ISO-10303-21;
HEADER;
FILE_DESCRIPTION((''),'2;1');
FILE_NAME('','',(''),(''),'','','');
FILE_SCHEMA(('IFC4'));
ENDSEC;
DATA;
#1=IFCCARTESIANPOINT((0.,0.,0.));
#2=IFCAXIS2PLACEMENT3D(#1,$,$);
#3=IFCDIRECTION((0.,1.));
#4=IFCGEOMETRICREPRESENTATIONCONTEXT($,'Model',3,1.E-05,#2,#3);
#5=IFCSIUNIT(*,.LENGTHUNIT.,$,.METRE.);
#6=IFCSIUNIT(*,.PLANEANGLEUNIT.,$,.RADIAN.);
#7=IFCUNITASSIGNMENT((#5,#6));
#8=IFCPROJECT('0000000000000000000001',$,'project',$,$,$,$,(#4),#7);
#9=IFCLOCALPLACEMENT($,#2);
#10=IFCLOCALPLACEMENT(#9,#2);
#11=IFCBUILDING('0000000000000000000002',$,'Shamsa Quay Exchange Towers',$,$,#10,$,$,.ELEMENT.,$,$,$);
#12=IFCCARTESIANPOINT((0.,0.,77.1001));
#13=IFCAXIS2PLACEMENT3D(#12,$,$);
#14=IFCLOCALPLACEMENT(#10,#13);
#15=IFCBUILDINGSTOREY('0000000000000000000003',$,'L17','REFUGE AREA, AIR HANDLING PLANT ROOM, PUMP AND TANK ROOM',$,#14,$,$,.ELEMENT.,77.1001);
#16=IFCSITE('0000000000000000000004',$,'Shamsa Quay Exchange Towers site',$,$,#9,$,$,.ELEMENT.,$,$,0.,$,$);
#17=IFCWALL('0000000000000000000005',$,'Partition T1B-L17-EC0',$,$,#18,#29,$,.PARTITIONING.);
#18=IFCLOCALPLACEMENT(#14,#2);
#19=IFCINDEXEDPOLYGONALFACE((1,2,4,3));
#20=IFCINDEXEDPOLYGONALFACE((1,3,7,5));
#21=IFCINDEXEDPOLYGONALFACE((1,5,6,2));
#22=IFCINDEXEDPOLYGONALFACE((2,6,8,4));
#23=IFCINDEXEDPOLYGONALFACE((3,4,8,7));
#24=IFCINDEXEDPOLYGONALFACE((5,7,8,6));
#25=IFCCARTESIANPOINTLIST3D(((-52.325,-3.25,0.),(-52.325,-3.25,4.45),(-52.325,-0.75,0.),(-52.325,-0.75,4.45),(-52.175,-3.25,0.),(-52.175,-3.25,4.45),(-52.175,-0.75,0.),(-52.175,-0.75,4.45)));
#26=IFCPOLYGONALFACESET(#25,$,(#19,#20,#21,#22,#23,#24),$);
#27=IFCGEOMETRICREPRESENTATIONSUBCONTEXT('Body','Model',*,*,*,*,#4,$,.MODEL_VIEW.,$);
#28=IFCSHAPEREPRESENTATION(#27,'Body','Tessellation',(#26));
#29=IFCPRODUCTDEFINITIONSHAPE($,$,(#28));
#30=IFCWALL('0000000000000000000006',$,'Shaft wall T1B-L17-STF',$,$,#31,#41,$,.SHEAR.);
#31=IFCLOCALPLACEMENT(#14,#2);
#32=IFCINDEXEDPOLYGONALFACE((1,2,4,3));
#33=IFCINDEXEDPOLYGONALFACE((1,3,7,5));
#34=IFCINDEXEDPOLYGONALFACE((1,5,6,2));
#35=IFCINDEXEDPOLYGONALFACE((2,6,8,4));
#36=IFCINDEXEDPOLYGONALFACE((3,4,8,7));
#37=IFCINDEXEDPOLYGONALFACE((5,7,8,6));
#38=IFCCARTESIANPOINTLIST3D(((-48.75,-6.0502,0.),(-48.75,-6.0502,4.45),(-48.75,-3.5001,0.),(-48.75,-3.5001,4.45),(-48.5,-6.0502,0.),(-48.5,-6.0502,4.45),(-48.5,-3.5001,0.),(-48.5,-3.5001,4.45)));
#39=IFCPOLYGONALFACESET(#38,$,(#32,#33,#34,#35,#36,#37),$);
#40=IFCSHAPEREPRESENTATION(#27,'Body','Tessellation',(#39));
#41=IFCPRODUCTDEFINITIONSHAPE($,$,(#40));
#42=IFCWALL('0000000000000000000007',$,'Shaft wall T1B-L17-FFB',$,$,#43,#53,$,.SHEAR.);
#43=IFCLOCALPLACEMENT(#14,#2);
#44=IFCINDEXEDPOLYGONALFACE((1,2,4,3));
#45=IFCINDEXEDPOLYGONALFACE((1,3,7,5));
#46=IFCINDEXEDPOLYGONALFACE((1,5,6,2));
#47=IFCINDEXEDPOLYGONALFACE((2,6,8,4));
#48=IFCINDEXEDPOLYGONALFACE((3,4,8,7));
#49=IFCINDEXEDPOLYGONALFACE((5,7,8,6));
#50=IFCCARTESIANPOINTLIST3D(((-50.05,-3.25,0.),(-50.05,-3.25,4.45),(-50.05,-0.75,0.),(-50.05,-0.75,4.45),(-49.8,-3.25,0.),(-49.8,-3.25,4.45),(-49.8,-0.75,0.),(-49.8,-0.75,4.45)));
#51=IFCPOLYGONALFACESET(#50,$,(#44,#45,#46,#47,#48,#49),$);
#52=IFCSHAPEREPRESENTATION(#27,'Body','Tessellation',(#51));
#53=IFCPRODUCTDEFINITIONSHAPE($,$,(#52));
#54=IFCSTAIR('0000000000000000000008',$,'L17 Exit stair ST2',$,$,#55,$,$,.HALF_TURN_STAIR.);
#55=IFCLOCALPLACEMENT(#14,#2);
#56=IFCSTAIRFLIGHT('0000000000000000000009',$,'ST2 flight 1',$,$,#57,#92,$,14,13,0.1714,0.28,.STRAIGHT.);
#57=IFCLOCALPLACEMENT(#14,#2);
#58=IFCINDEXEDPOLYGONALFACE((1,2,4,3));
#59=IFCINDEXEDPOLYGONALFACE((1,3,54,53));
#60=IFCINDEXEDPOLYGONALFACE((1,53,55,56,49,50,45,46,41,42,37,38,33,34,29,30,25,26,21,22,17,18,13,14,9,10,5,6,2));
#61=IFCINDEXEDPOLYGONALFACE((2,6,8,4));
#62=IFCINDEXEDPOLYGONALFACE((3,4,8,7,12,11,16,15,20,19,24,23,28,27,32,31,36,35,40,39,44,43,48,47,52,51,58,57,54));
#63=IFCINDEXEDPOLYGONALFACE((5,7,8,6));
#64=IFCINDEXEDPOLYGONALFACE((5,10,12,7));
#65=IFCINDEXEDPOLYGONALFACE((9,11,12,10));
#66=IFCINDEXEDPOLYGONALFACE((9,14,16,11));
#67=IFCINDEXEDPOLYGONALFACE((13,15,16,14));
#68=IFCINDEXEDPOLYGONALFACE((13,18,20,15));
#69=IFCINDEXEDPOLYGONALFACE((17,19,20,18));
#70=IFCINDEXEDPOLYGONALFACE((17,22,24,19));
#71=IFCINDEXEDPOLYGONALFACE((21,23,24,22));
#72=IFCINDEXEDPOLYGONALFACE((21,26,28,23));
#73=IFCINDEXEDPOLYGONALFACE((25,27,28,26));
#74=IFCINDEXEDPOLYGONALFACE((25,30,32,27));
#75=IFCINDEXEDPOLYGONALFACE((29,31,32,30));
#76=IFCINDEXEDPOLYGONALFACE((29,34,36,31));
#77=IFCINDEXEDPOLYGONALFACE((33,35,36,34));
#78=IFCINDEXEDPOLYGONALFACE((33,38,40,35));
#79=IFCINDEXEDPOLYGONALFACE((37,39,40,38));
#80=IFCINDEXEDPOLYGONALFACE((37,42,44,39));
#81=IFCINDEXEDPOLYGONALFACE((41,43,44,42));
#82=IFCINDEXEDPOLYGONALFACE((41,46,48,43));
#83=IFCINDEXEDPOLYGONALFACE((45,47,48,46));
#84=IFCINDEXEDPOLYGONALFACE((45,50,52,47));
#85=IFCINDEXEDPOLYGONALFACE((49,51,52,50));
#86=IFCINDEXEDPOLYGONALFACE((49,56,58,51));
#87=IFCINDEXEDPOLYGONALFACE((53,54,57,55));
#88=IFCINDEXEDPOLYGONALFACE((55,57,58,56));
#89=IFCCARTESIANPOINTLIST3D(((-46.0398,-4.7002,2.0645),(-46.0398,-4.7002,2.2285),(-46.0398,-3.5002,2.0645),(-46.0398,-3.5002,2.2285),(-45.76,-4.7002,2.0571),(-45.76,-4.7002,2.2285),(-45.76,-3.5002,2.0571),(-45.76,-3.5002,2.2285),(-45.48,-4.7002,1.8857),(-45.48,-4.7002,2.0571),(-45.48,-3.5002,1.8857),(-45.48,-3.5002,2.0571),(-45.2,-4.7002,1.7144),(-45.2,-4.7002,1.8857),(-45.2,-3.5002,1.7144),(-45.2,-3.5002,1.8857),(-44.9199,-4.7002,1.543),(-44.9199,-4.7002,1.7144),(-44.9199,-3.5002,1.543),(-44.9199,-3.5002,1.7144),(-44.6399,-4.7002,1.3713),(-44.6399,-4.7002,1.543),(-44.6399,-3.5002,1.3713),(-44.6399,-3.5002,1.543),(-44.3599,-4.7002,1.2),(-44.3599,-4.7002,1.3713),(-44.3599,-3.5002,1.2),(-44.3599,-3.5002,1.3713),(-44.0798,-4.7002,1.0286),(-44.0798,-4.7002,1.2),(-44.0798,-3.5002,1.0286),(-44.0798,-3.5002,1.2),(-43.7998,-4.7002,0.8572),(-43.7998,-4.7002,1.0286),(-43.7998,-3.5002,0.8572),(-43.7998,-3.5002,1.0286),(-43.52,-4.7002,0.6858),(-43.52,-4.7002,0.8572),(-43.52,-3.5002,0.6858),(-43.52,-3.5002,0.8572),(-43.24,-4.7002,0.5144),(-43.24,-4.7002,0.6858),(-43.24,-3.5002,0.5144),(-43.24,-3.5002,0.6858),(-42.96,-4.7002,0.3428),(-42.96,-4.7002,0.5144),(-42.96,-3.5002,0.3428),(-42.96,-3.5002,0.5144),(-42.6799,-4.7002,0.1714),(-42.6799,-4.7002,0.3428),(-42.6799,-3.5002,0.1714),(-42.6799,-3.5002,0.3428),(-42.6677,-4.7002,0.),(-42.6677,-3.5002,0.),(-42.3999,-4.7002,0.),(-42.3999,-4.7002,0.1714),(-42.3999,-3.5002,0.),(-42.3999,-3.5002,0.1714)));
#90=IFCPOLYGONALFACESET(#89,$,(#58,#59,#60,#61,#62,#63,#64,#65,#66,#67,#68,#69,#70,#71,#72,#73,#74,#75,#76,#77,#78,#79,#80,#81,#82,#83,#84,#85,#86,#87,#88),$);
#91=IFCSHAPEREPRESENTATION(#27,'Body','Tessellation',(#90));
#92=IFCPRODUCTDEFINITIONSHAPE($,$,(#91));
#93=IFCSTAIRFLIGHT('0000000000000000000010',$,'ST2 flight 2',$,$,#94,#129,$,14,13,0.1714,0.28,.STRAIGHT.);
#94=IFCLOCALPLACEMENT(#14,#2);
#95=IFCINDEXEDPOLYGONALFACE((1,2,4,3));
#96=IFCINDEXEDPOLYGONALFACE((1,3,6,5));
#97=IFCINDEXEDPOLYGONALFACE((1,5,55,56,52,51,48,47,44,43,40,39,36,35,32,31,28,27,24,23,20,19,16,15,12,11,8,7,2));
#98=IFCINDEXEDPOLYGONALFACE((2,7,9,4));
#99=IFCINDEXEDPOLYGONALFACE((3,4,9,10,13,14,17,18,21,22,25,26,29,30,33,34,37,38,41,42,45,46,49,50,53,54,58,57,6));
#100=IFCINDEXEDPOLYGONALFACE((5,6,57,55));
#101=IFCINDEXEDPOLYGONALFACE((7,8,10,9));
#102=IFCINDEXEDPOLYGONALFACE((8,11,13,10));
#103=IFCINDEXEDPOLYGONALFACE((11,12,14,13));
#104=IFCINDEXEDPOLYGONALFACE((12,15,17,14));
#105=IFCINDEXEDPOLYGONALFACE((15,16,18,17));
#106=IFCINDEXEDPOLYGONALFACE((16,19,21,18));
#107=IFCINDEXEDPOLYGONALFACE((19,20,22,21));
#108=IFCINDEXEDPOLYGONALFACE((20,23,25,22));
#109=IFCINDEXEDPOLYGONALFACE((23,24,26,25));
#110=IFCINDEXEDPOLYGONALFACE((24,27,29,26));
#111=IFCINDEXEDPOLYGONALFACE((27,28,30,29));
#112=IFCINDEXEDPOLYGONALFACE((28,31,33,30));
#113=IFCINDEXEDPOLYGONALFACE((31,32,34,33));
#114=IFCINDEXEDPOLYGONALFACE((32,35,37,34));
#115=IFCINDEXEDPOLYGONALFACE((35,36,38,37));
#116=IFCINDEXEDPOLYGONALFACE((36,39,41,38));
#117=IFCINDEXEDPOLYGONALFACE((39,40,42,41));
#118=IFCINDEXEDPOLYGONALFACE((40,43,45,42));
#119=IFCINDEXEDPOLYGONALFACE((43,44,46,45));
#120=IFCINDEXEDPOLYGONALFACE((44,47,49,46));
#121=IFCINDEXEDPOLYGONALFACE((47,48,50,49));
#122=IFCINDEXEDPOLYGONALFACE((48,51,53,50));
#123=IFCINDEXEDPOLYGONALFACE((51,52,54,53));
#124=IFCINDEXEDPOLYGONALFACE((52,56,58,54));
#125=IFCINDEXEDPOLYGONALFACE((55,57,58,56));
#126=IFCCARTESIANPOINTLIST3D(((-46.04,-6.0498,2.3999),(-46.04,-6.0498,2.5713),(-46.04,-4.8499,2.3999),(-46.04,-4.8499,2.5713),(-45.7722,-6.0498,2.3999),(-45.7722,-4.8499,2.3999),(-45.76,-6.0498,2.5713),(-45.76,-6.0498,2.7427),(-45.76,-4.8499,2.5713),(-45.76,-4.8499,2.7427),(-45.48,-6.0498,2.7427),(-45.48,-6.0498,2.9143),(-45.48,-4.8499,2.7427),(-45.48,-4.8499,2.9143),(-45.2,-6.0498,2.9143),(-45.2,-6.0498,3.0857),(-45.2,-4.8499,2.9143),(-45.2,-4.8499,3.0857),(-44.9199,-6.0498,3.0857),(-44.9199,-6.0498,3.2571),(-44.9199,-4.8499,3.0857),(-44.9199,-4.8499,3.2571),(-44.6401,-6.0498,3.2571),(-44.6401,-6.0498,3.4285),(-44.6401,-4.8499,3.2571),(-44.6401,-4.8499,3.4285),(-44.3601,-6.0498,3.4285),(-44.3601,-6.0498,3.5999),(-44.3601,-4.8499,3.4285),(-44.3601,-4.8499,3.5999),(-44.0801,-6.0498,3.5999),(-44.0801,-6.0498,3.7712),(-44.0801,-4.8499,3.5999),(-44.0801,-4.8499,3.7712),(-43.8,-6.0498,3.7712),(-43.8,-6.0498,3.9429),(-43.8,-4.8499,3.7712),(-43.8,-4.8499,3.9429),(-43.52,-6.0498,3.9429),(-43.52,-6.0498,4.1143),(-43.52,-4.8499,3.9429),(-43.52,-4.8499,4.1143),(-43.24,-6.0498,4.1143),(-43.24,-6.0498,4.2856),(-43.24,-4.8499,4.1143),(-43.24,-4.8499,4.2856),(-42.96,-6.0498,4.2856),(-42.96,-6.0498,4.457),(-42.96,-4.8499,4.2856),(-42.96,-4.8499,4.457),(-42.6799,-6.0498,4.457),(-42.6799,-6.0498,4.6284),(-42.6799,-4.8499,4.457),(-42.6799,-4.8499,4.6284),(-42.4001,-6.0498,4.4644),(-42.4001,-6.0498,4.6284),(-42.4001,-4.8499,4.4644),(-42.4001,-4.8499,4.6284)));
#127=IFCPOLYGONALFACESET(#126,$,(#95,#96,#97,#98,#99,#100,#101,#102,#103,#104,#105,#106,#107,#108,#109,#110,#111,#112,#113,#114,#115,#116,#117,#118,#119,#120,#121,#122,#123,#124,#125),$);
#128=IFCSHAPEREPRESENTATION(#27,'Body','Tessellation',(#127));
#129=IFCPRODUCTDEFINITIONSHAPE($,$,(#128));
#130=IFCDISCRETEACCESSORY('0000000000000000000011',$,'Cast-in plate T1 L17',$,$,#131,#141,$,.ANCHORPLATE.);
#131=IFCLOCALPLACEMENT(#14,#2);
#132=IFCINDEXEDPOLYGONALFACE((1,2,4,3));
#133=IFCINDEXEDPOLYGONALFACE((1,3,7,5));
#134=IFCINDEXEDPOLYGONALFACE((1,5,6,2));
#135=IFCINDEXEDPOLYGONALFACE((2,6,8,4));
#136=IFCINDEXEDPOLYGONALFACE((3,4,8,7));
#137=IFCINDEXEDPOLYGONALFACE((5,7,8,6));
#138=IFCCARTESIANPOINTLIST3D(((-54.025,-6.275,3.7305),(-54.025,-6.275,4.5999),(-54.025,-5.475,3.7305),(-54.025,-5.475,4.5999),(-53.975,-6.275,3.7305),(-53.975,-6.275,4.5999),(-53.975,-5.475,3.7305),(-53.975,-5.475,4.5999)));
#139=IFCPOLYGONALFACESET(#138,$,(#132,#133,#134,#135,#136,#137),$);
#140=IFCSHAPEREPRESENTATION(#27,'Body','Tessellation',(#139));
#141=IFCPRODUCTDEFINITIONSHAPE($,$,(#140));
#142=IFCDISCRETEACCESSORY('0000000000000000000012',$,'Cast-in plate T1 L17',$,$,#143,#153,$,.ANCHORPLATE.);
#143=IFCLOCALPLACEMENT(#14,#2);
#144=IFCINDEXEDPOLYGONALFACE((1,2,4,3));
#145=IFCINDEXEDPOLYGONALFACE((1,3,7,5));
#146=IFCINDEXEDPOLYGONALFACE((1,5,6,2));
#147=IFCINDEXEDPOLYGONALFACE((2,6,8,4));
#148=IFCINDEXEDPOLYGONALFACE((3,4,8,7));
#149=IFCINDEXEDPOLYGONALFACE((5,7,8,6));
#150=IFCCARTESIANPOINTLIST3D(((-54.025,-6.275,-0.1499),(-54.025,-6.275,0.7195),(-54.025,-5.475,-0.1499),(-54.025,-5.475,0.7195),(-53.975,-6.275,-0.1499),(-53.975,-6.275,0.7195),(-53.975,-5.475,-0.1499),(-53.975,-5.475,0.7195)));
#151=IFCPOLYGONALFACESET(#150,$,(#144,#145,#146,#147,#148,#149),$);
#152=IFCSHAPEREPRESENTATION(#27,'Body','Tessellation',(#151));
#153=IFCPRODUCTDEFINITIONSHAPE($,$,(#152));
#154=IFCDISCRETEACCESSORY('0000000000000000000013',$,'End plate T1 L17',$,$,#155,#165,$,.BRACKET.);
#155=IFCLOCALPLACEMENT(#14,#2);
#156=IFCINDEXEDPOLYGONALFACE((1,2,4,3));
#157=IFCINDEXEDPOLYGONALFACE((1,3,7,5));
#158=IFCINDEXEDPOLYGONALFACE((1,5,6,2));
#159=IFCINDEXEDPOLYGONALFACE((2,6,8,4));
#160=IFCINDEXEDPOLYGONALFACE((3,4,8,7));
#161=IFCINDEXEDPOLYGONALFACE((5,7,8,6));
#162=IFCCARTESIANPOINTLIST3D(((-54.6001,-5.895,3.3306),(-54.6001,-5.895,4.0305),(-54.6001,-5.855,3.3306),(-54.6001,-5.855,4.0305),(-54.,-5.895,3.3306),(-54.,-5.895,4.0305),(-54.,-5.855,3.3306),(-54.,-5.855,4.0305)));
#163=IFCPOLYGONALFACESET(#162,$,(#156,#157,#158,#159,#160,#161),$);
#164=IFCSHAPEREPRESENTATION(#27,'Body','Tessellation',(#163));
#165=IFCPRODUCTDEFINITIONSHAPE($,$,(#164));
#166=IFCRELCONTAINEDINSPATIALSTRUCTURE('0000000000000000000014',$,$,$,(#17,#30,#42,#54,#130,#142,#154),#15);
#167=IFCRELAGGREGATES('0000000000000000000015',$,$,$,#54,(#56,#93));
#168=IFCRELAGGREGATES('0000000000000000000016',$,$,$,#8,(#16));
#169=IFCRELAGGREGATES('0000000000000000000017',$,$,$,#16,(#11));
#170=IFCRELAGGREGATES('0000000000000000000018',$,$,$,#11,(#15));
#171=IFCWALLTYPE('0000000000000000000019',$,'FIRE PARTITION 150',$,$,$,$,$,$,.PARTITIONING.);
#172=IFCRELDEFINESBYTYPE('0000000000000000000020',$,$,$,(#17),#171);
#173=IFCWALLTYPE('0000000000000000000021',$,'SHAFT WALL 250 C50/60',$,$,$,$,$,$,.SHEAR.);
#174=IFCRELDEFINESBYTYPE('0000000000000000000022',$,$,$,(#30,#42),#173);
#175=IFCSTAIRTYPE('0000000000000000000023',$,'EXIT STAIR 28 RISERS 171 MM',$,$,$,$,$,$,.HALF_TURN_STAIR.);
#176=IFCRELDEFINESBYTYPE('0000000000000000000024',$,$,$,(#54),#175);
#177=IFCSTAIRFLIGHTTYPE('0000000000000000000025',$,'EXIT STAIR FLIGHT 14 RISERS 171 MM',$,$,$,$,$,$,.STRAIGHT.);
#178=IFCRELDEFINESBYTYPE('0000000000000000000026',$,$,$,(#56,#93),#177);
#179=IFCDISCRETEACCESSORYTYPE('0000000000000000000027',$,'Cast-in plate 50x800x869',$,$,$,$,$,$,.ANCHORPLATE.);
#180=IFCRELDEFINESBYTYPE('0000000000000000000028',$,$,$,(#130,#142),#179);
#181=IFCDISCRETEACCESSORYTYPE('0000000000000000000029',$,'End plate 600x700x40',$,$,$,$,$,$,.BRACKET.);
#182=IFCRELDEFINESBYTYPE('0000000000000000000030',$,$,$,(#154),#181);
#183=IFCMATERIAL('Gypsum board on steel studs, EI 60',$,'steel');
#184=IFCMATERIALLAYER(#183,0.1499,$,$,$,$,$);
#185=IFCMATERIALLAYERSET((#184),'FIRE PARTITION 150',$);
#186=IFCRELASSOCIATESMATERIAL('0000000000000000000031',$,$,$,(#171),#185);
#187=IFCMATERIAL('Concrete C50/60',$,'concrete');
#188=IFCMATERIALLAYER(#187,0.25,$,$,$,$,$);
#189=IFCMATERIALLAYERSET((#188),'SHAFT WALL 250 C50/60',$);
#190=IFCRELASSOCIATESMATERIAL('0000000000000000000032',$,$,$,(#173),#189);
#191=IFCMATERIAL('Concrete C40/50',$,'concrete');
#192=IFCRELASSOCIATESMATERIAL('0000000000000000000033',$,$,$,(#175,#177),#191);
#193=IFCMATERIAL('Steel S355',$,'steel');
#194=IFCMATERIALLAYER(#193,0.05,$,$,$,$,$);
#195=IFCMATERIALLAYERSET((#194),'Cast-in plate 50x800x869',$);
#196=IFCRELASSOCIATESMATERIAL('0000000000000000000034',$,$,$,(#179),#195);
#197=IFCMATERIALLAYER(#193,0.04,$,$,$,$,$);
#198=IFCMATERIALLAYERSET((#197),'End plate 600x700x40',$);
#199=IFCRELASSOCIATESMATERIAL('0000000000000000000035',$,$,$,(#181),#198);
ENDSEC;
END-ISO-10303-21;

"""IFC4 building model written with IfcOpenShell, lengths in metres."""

from ifc_helpers import new_model, si_unit, direction, frame, frame_2d, origin, origin_2d, place, context, subcontext, project, spatial, polyline, rectangle, outline, extrude, material, layer, layer_set, type_object, element, aggregate, save


model = new_model("IFC4")

# Units and contexts
model_context = context("Model", 3, precision=1e-05, world=origin(), true_north=direction((0.0, 1.0)))
body_context = subcontext(model_context, "Body", "Model", "MODEL_VIEW")
ifc_project = project(units=[si_unit("LENGTHUNIT", "METRE"), si_unit("PLANEANGLEUNIT", "RADIAN")], contexts=[model_context])

# Site, building, storey
site_placement = place(None, origin())
site = spatial("IfcSite", under=ifc_project, at=site_placement, Name="Shamsa Quay Exchange Towers site", CompositionType="ELEMENT", RefElevation=0.0)
building_placement = place(site_placement, origin())
building = spatial("IfcBuilding", under=site, at=building_placement, Name="Shamsa Quay Exchange Towers", CompositionType="ELEMENT")
storey_placement = place(building_placement, frame((0.0, 0.0, 77.1001)))
storey = spatial("IfcBuildingStorey", under=building, at=storey_placement, Name="L17", Description="REFUGE AREA, AIR HANDLING PLANT ROOM, PUMP AND TANK ROOM", CompositionType="ELEMENT", Elevation=77.1001)

# Shared definitions
ifc_material_1 = material(Name="Steel S355", Category="steel")

# Walls
ifc_material_2 = material(Name="Gypsum board on steel studs, EI 60", Category="steel")
ifc_layer_1 = layer(ifc_material_2, 0.1499)
ifc_layer_set_1 = layer_set([ifc_layer_1], Name="FIRE PARTITION 150")
wall_type_1 = type_object("IfcWallType", Name="FIRE PARTITION 150", PredefinedType="PARTITIONING", material=ifc_layer_set_1)
wall_1_placement = place(storey_placement, frame((-52.25, -3.25, 0.0), z_axis=(0.0, 0.0, 1.0), x_axis=(0.0, 1.0, 0.0)))
element("IfcWall", 1, at=wall_1_placement, inside=storey, type_object=wall_type_1, Name="Partition T1B-L17-EC0", PredefinedType="PARTITIONING", context=body_context, shape_type="SweptSolid", body=[
    extrude(rectangle(XDim=2.5, YDim=0.1499, at=frame_2d((1.25, 0.0))), origin(), (0.0, 0.0, 1.0), 4.45),
])
ifc_material_3 = material(Name="Concrete C50/60", Category="concrete")
ifc_layer_2 = layer(ifc_material_3, 0.25)
ifc_layer_set_2 = layer_set([ifc_layer_2], Name="SHAFT WALL 250 C50/60")
wall_type_2 = type_object("IfcWallType", Name="SHAFT WALL 250 C50/60", PredefinedType="SHEAR", material=ifc_layer_set_2)
wall_2_placement = place(storey_placement, frame((-48.625, -6.05, 0.0), z_axis=(0.0, 0.0, 1.0), x_axis=(0.0, 1.0, 0.0)))
element("IfcWall", 2, at=wall_2_placement, inside=storey, type_object=wall_type_2, Name="Shaft wall T1B-L17-STF", PredefinedType="SHEAR", context=body_context, shape_type="SweptSolid", body=[
    extrude(rectangle(XDim=2.55, YDim=0.25, at=frame_2d((1.2749, 0.0))), origin(), (0.0, 0.0, 1.0), 4.45),
])

# Wall
wall_3_placement = place(storey_placement, frame((-49.925, -3.25, 0.0), z_axis=(0.0, 0.0, 1.0), x_axis=(0.0, 1.0, 0.0)))
element("IfcWall", 3, at=wall_3_placement, inside=storey, type_object=wall_type_2, Name="Shaft wall T1B-L17-FFB", PredefinedType="SHEAR", context=body_context, shape_type="SweptSolid", body=[
    extrude(rectangle(XDim=2.5, YDim=0.25, at=frame_2d((1.25, 0.0))), origin(), (0.0, 0.0, 1.0), 4.45),
])

# Stair, stair flights
ifc_material_4 = material(Name="Concrete C40/50", Category="concrete")
stair_type = type_object("IfcStairType", Name="EXIT STAIR 28 RISERS 171 MM", PredefinedType="HALF_TURN_STAIR", material=ifc_material_4)
stair_placement = place(storey_placement, origin())
stair = element("IfcStair", 4, at=stair_placement, inside=storey, type_object=stair_type, Name="L17 Exit stair ST2", PredefinedType="HALF_TURN_STAIR")
stair_flight_type = type_object("IfcStairFlightType", Name="EXIT STAIR FLIGHT 14 RISERS 171 MM", PredefinedType="STRAIGHT", material=ifc_material_4)
stair_flight_1_placement = place(storey_placement, frame((-42.3999, -4.1001, 0.0), z_axis=(0.0, 0.0, 1.0), x_axis=(-1.0, 0.0, 0.0)))
stair_flight_1 = element("IfcStairFlight", 5, at=stair_flight_1_placement, type_object=stair_flight_type, Name="ST2 flight 1", NumberOfRisers=14, NumberOfTreads=13, PredefinedType="STRAIGHT", RiserHeight=0.1714, TreadLength=0.28, context=body_context, shape_type="SweptSolid", body=[
    extrude(outline(polyline([(0.0, 0.0), (0.0, 0.1714), (0.28, 0.1714), (0.28, 0.3428), (0.5601, 0.3428), (0.5601, 0.5144), (0.8401, 0.5144), (0.8401, 0.6858), (1.1201, 0.6858), (1.1201, 0.8572), (1.3999, 0.8572), (1.3999, 1.0286), (1.6799, 1.0286), (1.6799, 1.2), (1.96, 1.2), (1.96, 1.3713), (2.24, 1.3713), (2.24, 1.543), (2.52, 1.543), (2.52, 1.7144), (2.8, 1.7144), (2.8, 1.8857), (3.0801, 1.8857), (3.0801, 2.0571), (3.3601, 2.0571), (3.3601, 2.2285), (3.6399, 2.2285), (3.6399, 2.3999), (3.6399, 2.0645), (0.2678, 0.0), (0.0, 0.0)])), frame((0.0, 0.6001, 0.0), z_axis=(0.0, -1.0, 0.0), x_axis=(1.0, 0.0, 0.0)), (0.0, 0.0, 1.0), 1.2),
])
stair_flight_2_placement = place(storey_placement, frame((-46.04, -5.45, 2.3999)))
stair_flight_2 = element("IfcStairFlight", 6, at=stair_flight_2_placement, type_object=stair_flight_type, Name="ST2 flight 2", NumberOfRisers=14, NumberOfTreads=13, PredefinedType="STRAIGHT", RiserHeight=0.1714, TreadLength=0.28, context=body_context, shape_type="SweptSolid", body=[
    extrude(outline(polyline([(0.0, 0.0), (0.0, 0.1714), (0.28, 0.1714), (0.28, 0.3428), (0.5601, 0.3428), (0.5601, 0.5144), (0.8401, 0.5144), (0.8401, 0.6858), (1.1201, 0.6858), (1.1201, 0.8572), (1.3999, 0.8572), (1.3999, 1.0286), (1.6799, 1.0286), (1.6799, 1.2), (1.96, 1.2), (1.96, 1.3713), (2.24, 1.3713), (2.24, 1.543), (2.52, 1.543), (2.52, 1.7144), (2.8, 1.7144), (2.8, 1.8857), (3.0801, 1.8857), (3.0801, 2.0571), (3.3601, 2.0571), (3.3601, 2.2285), (3.6399, 2.2285), (3.6399, 2.3999), (3.6399, 2.0645), (0.2678, 0.0), (0.0, 0.0)])), frame((0.0, 0.6001, 0.0), z_axis=(0.0, -1.0, 0.0), x_axis=(1.0, 0.0, 0.0)), (0.0, 0.0, 1.0), 1.2),
])
aggregate(stair, [stair_flight_1, stair_flight_2])

# Discrete accessories
ifc_layer_3 = layer(ifc_material_1, 0.05)
ifc_layer_set_3 = layer_set([ifc_layer_3], Name="Cast-in plate 50x800x869")
discrete_accessory_type_1 = type_object("IfcDiscreteAccessoryType", Name="Cast-in plate 50x800x869", PredefinedType="ANCHORPLATE", material=ifc_layer_set_3)
for number, where, name in (
    (7, (-54.0, -5.875, 3.7305), "Cast-in plate T1 L17"),
    (8, (-54.0, -5.875, -0.1499), "Cast-in plate T1 L17"),
):
    element("IfcDiscreteAccessory", number, at=place(storey_placement, frame(where)), inside=storey, type_object=discrete_accessory_type_1, Name=name, PredefinedType="ANCHORPLATE", context=body_context, shape_type="SweptSolid", body=[
        extrude(rectangle(XDim=0.05, YDim=0.8, at=origin_2d()), origin(), (0.0, 0.0, 1.0), 0.8694),
    ])
ifc_layer_4 = layer(ifc_material_1, 0.04)
ifc_layer_set_4 = layer_set([ifc_layer_4], Name="End plate 600x700x40")
discrete_accessory_type_2 = type_object("IfcDiscreteAccessoryType", Name="End plate 600x700x40", PredefinedType="BRACKET", material=ifc_layer_set_4)
discrete_accessory_placement = place(storey_placement, frame((-54.3, -5.875, 3.3306)))
element("IfcDiscreteAccessory", 9, at=discrete_accessory_placement, inside=storey, type_object=discrete_accessory_type_2, Name="End plate T1 L17", PredefinedType="BRACKET", context=body_context, shape_type="SweptSolid", body=[
    extrude(rectangle(XDim=0.6001, YDim=0.04, at=origin_2d()), origin(), (0.0, 0.0, 1.0), 0.7),
])

save(model, "model.ifc")
